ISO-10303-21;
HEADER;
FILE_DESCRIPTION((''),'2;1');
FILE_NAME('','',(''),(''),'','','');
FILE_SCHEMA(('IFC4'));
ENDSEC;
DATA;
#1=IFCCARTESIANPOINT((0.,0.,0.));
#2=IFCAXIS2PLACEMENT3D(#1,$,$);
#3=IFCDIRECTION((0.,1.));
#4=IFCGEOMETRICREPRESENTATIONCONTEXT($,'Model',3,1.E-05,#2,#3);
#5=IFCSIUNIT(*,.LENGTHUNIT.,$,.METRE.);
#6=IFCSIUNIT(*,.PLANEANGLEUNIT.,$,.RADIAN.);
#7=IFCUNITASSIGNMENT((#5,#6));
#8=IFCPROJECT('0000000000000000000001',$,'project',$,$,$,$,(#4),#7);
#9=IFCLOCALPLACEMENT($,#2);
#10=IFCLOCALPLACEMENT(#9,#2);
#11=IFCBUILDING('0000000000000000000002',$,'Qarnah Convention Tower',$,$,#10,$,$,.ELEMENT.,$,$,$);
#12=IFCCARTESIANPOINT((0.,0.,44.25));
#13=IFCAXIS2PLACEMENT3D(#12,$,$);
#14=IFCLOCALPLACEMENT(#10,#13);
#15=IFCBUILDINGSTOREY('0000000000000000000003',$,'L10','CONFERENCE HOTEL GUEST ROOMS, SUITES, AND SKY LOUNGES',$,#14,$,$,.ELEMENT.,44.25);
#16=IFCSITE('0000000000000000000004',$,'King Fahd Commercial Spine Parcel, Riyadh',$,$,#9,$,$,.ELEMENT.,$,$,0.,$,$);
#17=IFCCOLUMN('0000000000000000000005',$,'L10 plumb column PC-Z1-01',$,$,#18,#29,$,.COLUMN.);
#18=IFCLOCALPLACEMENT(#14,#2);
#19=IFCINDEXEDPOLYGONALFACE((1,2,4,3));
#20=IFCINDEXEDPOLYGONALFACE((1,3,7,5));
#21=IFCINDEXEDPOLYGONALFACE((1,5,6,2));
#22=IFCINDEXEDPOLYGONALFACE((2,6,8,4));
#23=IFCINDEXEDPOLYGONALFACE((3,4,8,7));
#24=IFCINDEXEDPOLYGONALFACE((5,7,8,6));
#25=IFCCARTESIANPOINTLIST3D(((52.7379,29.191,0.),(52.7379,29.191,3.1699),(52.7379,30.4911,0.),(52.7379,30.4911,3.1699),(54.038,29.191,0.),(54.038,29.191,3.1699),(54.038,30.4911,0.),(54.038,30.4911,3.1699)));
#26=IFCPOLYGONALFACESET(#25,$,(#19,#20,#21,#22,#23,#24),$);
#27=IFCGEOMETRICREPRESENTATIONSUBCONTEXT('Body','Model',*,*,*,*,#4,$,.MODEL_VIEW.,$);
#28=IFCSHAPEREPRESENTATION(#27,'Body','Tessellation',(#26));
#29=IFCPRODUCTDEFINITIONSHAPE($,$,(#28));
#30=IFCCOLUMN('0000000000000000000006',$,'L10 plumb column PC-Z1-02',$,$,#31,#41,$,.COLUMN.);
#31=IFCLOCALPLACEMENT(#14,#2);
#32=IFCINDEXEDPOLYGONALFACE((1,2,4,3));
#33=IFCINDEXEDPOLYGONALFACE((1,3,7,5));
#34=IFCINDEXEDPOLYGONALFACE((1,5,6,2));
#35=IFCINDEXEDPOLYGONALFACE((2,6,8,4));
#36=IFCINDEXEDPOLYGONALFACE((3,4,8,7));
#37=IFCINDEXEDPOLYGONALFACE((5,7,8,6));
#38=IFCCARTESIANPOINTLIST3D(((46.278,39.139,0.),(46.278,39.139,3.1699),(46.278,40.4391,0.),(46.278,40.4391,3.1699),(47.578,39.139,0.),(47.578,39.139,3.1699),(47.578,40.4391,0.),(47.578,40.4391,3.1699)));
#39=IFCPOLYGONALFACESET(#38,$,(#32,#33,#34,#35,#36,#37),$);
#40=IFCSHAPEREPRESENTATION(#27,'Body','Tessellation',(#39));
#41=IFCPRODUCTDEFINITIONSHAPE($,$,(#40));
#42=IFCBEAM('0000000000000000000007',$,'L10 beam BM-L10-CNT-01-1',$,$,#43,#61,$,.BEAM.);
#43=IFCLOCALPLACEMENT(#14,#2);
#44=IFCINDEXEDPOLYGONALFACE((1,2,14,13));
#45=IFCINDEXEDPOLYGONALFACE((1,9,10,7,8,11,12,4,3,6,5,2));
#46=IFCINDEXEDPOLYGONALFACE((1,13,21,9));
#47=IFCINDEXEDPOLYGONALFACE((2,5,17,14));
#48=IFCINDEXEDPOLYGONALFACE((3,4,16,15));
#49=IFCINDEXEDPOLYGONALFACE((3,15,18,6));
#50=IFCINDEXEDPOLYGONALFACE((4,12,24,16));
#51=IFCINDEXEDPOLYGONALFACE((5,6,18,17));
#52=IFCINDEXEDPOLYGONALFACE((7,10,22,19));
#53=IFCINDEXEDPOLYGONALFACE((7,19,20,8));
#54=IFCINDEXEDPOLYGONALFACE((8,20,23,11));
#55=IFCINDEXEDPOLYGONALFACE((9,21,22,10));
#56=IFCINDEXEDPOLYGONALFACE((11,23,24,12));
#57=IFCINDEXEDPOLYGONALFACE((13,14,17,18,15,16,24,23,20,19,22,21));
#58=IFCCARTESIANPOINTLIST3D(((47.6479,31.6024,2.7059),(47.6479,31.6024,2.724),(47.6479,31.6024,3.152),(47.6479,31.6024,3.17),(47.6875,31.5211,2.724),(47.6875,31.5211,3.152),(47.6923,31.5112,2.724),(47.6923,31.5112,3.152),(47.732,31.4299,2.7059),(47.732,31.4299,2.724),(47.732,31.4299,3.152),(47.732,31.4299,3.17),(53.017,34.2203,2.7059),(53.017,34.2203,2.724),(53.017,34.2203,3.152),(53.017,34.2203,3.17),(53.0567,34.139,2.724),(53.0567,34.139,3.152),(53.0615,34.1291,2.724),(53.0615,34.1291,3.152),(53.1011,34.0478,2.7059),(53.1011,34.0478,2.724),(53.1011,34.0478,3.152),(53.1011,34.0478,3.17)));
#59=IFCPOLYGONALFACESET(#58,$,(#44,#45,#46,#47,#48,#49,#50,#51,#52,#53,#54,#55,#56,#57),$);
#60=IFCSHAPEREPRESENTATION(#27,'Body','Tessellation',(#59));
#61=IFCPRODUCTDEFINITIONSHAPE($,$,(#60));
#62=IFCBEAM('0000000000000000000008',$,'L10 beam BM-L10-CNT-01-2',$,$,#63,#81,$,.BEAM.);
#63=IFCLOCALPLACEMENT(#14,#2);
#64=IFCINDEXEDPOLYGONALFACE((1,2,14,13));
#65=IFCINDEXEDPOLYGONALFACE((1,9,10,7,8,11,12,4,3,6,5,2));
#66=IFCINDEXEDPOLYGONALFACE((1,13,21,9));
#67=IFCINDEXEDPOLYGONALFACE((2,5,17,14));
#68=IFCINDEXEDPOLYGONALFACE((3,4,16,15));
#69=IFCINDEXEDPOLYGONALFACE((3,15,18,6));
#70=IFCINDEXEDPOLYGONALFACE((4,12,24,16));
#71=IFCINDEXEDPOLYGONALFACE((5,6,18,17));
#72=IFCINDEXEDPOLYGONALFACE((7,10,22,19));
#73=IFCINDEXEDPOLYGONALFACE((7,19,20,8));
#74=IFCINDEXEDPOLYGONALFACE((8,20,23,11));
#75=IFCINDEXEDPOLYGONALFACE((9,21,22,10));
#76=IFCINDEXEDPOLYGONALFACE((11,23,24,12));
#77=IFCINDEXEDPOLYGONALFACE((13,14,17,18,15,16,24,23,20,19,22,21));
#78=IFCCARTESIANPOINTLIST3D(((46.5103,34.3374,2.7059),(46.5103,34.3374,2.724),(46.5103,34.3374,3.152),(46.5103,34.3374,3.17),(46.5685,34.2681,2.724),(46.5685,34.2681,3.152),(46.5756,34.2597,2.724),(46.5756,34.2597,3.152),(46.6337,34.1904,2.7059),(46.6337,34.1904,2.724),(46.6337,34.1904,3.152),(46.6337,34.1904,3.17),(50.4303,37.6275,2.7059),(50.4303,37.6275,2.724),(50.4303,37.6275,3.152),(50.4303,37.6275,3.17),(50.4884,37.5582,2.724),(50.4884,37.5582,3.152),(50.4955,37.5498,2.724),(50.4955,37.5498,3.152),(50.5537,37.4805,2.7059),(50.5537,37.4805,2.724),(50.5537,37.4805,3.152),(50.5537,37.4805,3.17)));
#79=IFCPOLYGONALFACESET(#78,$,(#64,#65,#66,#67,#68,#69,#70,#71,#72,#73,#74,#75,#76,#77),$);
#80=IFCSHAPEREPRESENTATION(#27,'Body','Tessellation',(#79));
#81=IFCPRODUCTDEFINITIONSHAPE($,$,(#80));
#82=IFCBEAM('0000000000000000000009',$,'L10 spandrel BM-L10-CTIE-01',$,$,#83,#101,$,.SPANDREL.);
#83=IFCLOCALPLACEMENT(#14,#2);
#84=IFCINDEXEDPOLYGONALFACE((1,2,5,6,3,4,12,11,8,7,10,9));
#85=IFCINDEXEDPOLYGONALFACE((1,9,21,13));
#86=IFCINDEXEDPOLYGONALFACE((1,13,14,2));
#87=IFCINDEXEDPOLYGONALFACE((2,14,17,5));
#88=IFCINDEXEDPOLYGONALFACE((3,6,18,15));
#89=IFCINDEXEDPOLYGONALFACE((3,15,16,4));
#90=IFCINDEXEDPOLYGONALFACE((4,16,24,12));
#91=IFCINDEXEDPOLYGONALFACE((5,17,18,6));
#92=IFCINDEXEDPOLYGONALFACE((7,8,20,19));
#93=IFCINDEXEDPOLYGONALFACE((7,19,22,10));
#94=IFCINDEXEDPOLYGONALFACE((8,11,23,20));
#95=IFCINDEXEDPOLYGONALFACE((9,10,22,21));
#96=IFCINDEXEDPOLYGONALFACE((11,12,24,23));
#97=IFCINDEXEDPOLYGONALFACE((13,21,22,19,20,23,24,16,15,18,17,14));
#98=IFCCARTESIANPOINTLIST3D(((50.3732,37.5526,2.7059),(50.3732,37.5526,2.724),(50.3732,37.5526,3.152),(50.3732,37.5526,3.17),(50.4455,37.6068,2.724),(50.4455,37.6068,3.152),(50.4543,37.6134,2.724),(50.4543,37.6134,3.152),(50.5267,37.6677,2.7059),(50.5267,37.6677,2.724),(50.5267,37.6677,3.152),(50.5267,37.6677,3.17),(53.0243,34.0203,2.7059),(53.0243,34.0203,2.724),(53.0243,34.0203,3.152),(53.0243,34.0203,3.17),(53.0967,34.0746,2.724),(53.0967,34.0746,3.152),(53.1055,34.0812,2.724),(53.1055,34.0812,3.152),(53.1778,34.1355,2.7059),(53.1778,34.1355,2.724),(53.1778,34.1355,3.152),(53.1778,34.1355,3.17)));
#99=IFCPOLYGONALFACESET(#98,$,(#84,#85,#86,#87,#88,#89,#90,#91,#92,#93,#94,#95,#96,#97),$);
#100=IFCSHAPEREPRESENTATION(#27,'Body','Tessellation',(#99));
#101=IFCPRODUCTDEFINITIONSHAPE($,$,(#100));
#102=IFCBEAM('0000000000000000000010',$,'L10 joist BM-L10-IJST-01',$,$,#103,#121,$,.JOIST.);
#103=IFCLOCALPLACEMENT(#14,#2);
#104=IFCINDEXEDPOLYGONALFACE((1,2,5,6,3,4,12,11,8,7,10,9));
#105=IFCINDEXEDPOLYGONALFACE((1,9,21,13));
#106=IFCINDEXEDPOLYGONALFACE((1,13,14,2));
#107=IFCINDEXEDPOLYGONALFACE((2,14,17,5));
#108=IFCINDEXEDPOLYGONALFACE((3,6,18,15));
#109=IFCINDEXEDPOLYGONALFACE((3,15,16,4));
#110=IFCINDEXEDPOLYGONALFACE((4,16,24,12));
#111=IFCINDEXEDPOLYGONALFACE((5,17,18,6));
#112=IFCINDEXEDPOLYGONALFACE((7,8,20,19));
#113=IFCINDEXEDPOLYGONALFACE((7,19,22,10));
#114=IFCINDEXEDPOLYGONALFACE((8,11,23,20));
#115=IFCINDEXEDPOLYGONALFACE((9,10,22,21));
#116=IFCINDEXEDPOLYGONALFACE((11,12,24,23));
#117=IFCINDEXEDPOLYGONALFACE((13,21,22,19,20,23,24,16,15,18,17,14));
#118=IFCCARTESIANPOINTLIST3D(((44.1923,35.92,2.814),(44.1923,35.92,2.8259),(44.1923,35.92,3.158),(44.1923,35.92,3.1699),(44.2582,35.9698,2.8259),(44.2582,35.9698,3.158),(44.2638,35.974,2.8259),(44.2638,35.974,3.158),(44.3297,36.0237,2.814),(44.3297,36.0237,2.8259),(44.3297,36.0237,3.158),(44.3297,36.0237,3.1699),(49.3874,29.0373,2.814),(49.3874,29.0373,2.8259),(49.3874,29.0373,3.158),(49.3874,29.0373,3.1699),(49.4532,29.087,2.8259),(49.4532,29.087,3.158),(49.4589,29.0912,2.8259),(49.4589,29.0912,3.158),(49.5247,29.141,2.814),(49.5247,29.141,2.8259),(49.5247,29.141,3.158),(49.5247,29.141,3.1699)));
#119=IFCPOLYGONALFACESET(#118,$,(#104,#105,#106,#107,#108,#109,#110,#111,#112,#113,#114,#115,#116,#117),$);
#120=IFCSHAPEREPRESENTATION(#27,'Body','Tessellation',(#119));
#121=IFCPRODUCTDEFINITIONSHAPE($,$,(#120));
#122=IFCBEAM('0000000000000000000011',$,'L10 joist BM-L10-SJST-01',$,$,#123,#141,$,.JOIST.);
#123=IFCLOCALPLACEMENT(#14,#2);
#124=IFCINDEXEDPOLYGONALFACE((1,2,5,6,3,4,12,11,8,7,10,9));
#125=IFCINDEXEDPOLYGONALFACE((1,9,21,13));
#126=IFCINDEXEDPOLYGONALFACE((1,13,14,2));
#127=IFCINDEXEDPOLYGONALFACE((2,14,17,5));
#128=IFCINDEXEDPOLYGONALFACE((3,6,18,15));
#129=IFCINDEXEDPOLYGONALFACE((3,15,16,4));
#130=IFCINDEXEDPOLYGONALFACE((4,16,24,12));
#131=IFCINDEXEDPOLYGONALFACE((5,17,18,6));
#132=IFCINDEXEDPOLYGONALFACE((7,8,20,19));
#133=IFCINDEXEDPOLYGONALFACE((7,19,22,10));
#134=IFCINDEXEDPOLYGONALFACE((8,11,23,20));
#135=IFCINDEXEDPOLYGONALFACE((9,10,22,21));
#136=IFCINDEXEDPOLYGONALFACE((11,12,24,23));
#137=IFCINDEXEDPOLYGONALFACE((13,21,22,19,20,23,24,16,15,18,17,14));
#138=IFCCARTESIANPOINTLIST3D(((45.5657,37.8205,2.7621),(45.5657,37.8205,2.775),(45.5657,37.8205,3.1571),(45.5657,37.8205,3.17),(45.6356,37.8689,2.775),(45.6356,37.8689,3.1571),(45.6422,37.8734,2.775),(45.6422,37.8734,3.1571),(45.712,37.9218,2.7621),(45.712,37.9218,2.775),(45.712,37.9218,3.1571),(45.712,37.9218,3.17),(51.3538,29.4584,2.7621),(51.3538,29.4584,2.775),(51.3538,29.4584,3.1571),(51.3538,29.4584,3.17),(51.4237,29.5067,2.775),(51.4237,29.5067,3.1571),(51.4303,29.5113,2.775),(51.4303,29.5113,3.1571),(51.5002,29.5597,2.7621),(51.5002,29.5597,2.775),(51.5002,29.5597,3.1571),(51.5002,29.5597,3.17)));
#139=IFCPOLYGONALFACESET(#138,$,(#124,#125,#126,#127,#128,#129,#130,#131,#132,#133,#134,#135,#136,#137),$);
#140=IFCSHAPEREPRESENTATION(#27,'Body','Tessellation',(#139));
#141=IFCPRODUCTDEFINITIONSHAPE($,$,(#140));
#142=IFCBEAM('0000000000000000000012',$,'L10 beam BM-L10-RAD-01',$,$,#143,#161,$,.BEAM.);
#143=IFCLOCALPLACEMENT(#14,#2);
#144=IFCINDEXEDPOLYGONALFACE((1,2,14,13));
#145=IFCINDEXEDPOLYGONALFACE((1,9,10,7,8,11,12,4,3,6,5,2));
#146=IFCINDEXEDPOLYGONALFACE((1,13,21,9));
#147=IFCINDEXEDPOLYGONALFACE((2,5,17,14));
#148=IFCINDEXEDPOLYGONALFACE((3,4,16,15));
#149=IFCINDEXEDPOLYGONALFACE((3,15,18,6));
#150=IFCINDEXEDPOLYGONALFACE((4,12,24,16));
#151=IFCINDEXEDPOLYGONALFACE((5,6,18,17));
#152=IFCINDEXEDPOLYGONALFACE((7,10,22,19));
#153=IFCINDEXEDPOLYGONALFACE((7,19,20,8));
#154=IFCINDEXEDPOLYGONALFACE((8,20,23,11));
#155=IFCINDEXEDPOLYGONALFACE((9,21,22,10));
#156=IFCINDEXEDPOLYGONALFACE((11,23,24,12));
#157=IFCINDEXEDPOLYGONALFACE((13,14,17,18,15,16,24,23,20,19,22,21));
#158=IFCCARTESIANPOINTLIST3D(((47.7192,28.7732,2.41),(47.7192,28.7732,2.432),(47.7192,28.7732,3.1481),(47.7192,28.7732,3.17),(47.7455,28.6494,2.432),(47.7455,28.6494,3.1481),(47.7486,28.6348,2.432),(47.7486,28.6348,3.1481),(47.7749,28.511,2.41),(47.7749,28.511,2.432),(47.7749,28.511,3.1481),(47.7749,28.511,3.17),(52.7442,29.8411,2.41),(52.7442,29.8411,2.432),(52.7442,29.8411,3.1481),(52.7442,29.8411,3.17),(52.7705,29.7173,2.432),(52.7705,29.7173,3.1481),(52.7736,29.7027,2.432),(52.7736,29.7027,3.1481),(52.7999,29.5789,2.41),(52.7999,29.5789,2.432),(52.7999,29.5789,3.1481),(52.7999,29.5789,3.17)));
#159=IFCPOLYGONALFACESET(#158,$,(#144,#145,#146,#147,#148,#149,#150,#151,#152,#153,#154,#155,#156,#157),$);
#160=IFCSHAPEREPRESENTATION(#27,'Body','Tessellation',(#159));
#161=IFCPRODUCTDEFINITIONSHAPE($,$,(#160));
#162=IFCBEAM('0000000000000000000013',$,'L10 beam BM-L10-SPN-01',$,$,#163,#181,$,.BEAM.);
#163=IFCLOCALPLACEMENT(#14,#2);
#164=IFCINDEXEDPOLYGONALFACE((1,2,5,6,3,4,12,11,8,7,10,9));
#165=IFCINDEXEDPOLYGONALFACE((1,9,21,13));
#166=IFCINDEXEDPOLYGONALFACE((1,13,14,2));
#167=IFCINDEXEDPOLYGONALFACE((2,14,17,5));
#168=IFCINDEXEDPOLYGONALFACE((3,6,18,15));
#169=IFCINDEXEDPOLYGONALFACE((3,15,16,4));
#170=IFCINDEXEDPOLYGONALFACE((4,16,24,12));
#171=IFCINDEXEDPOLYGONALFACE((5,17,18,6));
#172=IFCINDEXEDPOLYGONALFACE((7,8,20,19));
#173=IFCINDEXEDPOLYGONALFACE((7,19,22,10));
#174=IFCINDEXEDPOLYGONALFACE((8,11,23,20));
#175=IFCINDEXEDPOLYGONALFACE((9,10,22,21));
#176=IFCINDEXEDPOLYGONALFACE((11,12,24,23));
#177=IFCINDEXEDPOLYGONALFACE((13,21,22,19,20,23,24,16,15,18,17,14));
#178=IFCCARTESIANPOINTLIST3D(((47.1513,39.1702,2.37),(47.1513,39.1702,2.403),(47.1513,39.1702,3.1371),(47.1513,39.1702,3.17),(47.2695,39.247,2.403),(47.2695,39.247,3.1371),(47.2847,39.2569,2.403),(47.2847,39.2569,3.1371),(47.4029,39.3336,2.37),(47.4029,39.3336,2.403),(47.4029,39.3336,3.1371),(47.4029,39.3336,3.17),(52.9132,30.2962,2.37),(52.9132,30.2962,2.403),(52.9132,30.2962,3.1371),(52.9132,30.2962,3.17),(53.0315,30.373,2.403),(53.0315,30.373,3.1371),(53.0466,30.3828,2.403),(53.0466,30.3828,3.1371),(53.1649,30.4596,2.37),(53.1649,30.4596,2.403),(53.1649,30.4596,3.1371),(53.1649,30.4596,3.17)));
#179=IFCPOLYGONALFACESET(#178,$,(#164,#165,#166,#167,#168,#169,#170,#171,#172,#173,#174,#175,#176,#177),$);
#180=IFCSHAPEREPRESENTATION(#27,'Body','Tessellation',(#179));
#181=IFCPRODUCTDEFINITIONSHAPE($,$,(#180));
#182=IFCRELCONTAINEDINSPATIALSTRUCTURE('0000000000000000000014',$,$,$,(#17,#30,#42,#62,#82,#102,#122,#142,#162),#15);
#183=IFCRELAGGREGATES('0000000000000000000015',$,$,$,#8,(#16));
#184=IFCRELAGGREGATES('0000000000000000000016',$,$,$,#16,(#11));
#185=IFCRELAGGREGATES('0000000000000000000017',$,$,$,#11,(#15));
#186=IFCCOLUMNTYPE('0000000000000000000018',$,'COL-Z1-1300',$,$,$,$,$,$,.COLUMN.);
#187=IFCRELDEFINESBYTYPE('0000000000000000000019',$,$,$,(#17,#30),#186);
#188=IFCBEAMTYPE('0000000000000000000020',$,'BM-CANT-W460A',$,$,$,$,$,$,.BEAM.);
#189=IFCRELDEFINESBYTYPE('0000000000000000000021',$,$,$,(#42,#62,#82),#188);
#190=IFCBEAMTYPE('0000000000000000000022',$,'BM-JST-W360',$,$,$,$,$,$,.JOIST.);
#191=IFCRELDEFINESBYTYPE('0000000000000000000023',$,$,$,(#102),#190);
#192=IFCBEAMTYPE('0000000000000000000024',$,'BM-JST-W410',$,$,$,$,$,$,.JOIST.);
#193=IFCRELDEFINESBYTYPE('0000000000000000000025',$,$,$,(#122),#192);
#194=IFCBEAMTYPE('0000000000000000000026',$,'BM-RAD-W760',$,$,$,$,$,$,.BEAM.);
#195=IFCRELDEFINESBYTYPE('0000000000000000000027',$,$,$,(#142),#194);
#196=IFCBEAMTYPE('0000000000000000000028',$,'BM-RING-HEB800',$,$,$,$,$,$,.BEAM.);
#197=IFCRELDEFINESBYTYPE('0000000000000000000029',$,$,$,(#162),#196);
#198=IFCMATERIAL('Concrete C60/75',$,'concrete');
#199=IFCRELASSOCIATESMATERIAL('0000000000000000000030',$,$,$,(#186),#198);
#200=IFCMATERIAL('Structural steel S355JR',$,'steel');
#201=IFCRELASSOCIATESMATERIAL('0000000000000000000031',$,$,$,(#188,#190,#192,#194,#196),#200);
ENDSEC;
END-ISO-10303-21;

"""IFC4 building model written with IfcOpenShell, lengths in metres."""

from ifc_helpers import new_model, si_unit, direction, frame, origin, origin_2d, place, context, subcontext, project, spatial, rectangle, i_section, extrude, material, material_profile, profile_set, type_object, element, save


model = new_model("IFC4")

# Units and contexts
model_context = context("Model", 3, precision=1e-05, world=origin(), true_north=direction((0.0, 1.0)))
body_context = subcontext(model_context, "Body", "Model", "MODEL_VIEW")
ifc_project = project(units=[si_unit("LENGTHUNIT", "METRE"), si_unit("PLANEANGLEUNIT", "RADIAN")], contexts=[model_context])

# Site, building, storey
site_placement = place(None, origin())
site = spatial("IfcSite", under=ifc_project, at=site_placement, Name="King Fahd Commercial Spine Parcel, Riyadh", CompositionType="ELEMENT", RefElevation=0.0)
building_placement = place(site_placement, origin())
building = spatial("IfcBuilding", under=site, at=building_placement, Name="Qarnah Convention Tower", CompositionType="ELEMENT")
storey_placement = place(building_placement, frame((0.0, 0.0, 44.25)))
storey = spatial("IfcBuildingStorey", under=building, at=storey_placement, Name="L10", Description="CONFERENCE HOTEL GUEST ROOMS, SUITES, AND SKY LOUNGES", CompositionType="ELEMENT", Elevation=44.25)

# Columns
ifc_material_1 = material(Name="Concrete C60/75", Category="concrete")
ifc_material_profile_1 = material_profile(ifc_material_1, rectangle(XDim=1.3, YDim=1.3, at=origin_2d()), Name="RC-COL-1300X1300")
ifc_profile_set_1 = profile_set([ifc_material_profile_1], Name="Concrete C60/75")
column_type = type_object("IfcColumnType", Name="COL-Z1-1300", PredefinedType="COLUMN", material=ifc_profile_set_1)
for number, where, z_axis, x_axis, name in (
    (1, (53.3879, 29.8411, 0.0), (0.0, 0.0, 1.0), (1.0, 0.0, 0.0), "L10 plumb column PC-Z1-01"),
    (2, (46.928, 39.7891, 0.0), (0.0, 0.0, 1.0), (1.0, 0.0, 0.0), "L10 plumb column PC-Z1-02"),
):
    element("IfcColumn", number, at=place(storey_placement, frame(where, z_axis=z_axis, x_axis=x_axis)), inside=storey, type_object=column_type, Name=name, PredefinedType="COLUMN", context=body_context, shape_type="SweptSolid", body=[
        extrude(rectangle(XDim=1.3, YDim=1.3, at=origin_2d()), origin(), (0.0, 0.0, 1.0), 3.1699),
    ])

# Beams
ifc_material_2 = material(Name="Structural steel S355JR", Category="steel")
ifc_material_profile_2 = material_profile(ifc_material_2, i_section(OverallWidth=0.1919, OverallDepth=0.4641, WebThickness=0.011, FlangeThickness=0.0181, at=origin_2d()), Name="W460X89")
ifc_profile_set_2 = profile_set([ifc_material_profile_2], Name="Structural steel S355JR")
beam_type_1 = type_object("IfcBeamType", Name="BM-CANT-W460A", PredefinedType="BEAM", material=ifc_profile_set_2)
beam_1_placement = place(storey_placement, frame((47.6899, 31.5161, 2.938), z_axis=(0.898846, 0.438265, 0.0), x_axis=(-0.438265, 0.898846, 0.0)))
element("IfcBeam", 3, at=beam_1_placement, inside=storey, type_object=beam_type_1, Name="L10 beam BM-L10-CNT-01-1", PredefinedType="BEAM", context=body_context, shape_type="SweptSolid", body=[
    extrude(i_section(OverallWidth=0.1919, OverallDepth=0.4641, WebThickness=0.011, FlangeThickness=0.0181, at=origin_2d()), origin(), (0.0, 0.0, 1.0), 5.9734),
])
beam_2_placement = place(storey_placement, frame((46.572, 34.2639, 2.938), z_axis=(0.765964, 0.642883, 0.0), x_axis=(-0.642883, 0.765964, 0.0)))
element("IfcBeam", 4, at=beam_2_placement, inside=storey, type_object=beam_type_1, Name="L10 beam BM-L10-CNT-01-2", PredefinedType="BEAM", context=body_context, shape_type="SweptSolid", body=[
    extrude(i_section(OverallWidth=0.1919, OverallDepth=0.4641, WebThickness=0.011, FlangeThickness=0.0181, at=origin_2d()), origin(), (0.0, 0.0, 1.0), 5.1177),
])
beam_3_placement = place(storey_placement, frame((53.1011, 34.0779, 2.938), z_axis=(-0.600283, 0.799788, 0.0), x_axis=(-0.799788, -0.600283, 0.0)))
element("IfcBeam", 5, at=beam_3_placement, inside=storey, type_object=beam_type_1, Name="L10 spandrel BM-L10-CTIE-01", PredefinedType="SPANDREL", context=body_context, shape_type="SweptSolid", body=[
    extrude(i_section(OverallWidth=0.1919, OverallDepth=0.4641, WebThickness=0.011, FlangeThickness=0.0181, at=origin_2d()), origin(), (0.0, 0.0, 1.0), 4.4165),
])
ifc_material_profile_3 = material_profile(ifc_material_2, i_section(OverallWidth=0.1721, OverallDepth=0.356, WebThickness=0.0071, FlangeThickness=0.012, at=origin_2d()), Name="W360X51")
ifc_profile_set_3 = profile_set([ifc_material_profile_3], Name="Structural steel S355JR")
beam_type_2 = type_object("IfcBeamType", Name="BM-JST-W360", PredefinedType="JOIST", material=ifc_profile_set_3)
beam_4_placement = place(storey_placement, frame((49.4561, 29.0891, 2.9919), z_axis=(-0.602443, 0.798162, 0.0), x_axis=(-0.798162, -0.602443, 0.0)))
element("IfcBeam", 6, at=beam_4_placement, inside=storey, type_object=beam_type_2, Name="L10 joist BM-L10-IJST-01", PredefinedType="JOIST", context=body_context, shape_type="SweptSolid", body=[
    extrude(i_section(OverallWidth=0.1721, OverallDepth=0.356, WebThickness=0.0071, FlangeThickness=0.012, at=origin_2d()), origin(), (0.0, 0.0, 1.0), 8.6233),
])
ifc_material_profile_4 = material_profile(ifc_material_2, i_section(OverallWidth=0.178, OverallDepth=0.408, WebThickness=0.0081, FlangeThickness=0.0129, at=origin_2d()), Name="W410X60")
ifc_profile_set_4 = profile_set([ifc_material_profile_4], Name="Structural steel S355JR")
beam_type_3 = type_object("IfcBeamType", Name="BM-JST-W410", PredefinedType="JOIST", material=ifc_profile_set_4)
beam_5_placement = place(storey_placement, frame((51.427, 29.509, 2.9661), z_axis=(-0.569141, 0.82224, 0.0), x_axis=(-0.82224, -0.569141, 0.0)))
element("IfcBeam", 7, at=beam_5_placement, inside=storey, type_object=beam_type_3, Name="L10 joist BM-L10-SJST-01", PredefinedType="JOIST", context=body_context, shape_type="SweptSolid", body=[
    extrude(i_section(OverallWidth=0.178, OverallDepth=0.408, WebThickness=0.0081, FlangeThickness=0.0129, at=origin_2d()), origin(), (0.0, 0.0, 1.0), 10.1699),
])
ifc_material_profile_5 = material_profile(ifc_material_2, i_section(OverallWidth=0.2681, OverallDepth=0.76, WebThickness=0.0149, FlangeThickness=0.022, at=origin_2d()), Name="W760X185")
ifc_profile_set_5 = profile_set([ifc_material_profile_5], Name="Structural steel S355JR")
beam_type_4 = type_object("IfcBeamType", Name="BM-RAD-W760", PredefinedType="BEAM", material=ifc_profile_set_5)
beam_6_placement = place(storey_placement, frame((47.7471, 28.6421, 2.79), z_axis=(0.978156, 0.207874, 0.0), x_axis=(-0.207874, 0.978156, 0.0)))
element("IfcBeam", 8, at=beam_6_placement, inside=storey, type_object=beam_type_4, Name="L10 beam BM-L10-RAD-01", PredefinedType="BEAM", context=body_context, shape_type="SweptSolid", body=[
    extrude(i_section(OverallWidth=0.2681, OverallDepth=0.76, WebThickness=0.0149, FlangeThickness=0.022, at=origin_2d()), origin(), (0.0, 0.0, 1.0), 5.1372),
])
ifc_material_profile_6 = material_profile(ifc_material_2, i_section(OverallWidth=0.3, OverallDepth=0.8, WebThickness=0.0181, FlangeThickness=0.033, at=origin_2d()), Name="HEB800")
ifc_profile_set_6 = profile_set([ifc_material_profile_6], Name="Structural steel S355JR")
beam_type_5 = type_object("IfcBeamType", Name="BM-RING-HEB800", PredefinedType="BEAM", material=ifc_profile_set_6)
beam_7_placement = place(storey_placement, frame((53.0391, 30.3779, 2.77), z_axis=(-0.54458, 0.838709, 0.0), x_axis=(-0.838709, -0.54458, 0.0)))
element("IfcBeam", 9, at=beam_7_placement, inside=storey, type_object=beam_type_5, Name="L10 beam BM-L10-SPN-01", PredefinedType="BEAM", context=body_context, shape_type="SweptSolid", body=[
    extrude(i_section(OverallWidth=0.3, OverallDepth=0.8, WebThickness=0.0181, FlangeThickness=0.033, at=origin_2d()), origin(), (0.0, 0.0, 1.0), 10.5806),
])

save(model, "model.ifc")
